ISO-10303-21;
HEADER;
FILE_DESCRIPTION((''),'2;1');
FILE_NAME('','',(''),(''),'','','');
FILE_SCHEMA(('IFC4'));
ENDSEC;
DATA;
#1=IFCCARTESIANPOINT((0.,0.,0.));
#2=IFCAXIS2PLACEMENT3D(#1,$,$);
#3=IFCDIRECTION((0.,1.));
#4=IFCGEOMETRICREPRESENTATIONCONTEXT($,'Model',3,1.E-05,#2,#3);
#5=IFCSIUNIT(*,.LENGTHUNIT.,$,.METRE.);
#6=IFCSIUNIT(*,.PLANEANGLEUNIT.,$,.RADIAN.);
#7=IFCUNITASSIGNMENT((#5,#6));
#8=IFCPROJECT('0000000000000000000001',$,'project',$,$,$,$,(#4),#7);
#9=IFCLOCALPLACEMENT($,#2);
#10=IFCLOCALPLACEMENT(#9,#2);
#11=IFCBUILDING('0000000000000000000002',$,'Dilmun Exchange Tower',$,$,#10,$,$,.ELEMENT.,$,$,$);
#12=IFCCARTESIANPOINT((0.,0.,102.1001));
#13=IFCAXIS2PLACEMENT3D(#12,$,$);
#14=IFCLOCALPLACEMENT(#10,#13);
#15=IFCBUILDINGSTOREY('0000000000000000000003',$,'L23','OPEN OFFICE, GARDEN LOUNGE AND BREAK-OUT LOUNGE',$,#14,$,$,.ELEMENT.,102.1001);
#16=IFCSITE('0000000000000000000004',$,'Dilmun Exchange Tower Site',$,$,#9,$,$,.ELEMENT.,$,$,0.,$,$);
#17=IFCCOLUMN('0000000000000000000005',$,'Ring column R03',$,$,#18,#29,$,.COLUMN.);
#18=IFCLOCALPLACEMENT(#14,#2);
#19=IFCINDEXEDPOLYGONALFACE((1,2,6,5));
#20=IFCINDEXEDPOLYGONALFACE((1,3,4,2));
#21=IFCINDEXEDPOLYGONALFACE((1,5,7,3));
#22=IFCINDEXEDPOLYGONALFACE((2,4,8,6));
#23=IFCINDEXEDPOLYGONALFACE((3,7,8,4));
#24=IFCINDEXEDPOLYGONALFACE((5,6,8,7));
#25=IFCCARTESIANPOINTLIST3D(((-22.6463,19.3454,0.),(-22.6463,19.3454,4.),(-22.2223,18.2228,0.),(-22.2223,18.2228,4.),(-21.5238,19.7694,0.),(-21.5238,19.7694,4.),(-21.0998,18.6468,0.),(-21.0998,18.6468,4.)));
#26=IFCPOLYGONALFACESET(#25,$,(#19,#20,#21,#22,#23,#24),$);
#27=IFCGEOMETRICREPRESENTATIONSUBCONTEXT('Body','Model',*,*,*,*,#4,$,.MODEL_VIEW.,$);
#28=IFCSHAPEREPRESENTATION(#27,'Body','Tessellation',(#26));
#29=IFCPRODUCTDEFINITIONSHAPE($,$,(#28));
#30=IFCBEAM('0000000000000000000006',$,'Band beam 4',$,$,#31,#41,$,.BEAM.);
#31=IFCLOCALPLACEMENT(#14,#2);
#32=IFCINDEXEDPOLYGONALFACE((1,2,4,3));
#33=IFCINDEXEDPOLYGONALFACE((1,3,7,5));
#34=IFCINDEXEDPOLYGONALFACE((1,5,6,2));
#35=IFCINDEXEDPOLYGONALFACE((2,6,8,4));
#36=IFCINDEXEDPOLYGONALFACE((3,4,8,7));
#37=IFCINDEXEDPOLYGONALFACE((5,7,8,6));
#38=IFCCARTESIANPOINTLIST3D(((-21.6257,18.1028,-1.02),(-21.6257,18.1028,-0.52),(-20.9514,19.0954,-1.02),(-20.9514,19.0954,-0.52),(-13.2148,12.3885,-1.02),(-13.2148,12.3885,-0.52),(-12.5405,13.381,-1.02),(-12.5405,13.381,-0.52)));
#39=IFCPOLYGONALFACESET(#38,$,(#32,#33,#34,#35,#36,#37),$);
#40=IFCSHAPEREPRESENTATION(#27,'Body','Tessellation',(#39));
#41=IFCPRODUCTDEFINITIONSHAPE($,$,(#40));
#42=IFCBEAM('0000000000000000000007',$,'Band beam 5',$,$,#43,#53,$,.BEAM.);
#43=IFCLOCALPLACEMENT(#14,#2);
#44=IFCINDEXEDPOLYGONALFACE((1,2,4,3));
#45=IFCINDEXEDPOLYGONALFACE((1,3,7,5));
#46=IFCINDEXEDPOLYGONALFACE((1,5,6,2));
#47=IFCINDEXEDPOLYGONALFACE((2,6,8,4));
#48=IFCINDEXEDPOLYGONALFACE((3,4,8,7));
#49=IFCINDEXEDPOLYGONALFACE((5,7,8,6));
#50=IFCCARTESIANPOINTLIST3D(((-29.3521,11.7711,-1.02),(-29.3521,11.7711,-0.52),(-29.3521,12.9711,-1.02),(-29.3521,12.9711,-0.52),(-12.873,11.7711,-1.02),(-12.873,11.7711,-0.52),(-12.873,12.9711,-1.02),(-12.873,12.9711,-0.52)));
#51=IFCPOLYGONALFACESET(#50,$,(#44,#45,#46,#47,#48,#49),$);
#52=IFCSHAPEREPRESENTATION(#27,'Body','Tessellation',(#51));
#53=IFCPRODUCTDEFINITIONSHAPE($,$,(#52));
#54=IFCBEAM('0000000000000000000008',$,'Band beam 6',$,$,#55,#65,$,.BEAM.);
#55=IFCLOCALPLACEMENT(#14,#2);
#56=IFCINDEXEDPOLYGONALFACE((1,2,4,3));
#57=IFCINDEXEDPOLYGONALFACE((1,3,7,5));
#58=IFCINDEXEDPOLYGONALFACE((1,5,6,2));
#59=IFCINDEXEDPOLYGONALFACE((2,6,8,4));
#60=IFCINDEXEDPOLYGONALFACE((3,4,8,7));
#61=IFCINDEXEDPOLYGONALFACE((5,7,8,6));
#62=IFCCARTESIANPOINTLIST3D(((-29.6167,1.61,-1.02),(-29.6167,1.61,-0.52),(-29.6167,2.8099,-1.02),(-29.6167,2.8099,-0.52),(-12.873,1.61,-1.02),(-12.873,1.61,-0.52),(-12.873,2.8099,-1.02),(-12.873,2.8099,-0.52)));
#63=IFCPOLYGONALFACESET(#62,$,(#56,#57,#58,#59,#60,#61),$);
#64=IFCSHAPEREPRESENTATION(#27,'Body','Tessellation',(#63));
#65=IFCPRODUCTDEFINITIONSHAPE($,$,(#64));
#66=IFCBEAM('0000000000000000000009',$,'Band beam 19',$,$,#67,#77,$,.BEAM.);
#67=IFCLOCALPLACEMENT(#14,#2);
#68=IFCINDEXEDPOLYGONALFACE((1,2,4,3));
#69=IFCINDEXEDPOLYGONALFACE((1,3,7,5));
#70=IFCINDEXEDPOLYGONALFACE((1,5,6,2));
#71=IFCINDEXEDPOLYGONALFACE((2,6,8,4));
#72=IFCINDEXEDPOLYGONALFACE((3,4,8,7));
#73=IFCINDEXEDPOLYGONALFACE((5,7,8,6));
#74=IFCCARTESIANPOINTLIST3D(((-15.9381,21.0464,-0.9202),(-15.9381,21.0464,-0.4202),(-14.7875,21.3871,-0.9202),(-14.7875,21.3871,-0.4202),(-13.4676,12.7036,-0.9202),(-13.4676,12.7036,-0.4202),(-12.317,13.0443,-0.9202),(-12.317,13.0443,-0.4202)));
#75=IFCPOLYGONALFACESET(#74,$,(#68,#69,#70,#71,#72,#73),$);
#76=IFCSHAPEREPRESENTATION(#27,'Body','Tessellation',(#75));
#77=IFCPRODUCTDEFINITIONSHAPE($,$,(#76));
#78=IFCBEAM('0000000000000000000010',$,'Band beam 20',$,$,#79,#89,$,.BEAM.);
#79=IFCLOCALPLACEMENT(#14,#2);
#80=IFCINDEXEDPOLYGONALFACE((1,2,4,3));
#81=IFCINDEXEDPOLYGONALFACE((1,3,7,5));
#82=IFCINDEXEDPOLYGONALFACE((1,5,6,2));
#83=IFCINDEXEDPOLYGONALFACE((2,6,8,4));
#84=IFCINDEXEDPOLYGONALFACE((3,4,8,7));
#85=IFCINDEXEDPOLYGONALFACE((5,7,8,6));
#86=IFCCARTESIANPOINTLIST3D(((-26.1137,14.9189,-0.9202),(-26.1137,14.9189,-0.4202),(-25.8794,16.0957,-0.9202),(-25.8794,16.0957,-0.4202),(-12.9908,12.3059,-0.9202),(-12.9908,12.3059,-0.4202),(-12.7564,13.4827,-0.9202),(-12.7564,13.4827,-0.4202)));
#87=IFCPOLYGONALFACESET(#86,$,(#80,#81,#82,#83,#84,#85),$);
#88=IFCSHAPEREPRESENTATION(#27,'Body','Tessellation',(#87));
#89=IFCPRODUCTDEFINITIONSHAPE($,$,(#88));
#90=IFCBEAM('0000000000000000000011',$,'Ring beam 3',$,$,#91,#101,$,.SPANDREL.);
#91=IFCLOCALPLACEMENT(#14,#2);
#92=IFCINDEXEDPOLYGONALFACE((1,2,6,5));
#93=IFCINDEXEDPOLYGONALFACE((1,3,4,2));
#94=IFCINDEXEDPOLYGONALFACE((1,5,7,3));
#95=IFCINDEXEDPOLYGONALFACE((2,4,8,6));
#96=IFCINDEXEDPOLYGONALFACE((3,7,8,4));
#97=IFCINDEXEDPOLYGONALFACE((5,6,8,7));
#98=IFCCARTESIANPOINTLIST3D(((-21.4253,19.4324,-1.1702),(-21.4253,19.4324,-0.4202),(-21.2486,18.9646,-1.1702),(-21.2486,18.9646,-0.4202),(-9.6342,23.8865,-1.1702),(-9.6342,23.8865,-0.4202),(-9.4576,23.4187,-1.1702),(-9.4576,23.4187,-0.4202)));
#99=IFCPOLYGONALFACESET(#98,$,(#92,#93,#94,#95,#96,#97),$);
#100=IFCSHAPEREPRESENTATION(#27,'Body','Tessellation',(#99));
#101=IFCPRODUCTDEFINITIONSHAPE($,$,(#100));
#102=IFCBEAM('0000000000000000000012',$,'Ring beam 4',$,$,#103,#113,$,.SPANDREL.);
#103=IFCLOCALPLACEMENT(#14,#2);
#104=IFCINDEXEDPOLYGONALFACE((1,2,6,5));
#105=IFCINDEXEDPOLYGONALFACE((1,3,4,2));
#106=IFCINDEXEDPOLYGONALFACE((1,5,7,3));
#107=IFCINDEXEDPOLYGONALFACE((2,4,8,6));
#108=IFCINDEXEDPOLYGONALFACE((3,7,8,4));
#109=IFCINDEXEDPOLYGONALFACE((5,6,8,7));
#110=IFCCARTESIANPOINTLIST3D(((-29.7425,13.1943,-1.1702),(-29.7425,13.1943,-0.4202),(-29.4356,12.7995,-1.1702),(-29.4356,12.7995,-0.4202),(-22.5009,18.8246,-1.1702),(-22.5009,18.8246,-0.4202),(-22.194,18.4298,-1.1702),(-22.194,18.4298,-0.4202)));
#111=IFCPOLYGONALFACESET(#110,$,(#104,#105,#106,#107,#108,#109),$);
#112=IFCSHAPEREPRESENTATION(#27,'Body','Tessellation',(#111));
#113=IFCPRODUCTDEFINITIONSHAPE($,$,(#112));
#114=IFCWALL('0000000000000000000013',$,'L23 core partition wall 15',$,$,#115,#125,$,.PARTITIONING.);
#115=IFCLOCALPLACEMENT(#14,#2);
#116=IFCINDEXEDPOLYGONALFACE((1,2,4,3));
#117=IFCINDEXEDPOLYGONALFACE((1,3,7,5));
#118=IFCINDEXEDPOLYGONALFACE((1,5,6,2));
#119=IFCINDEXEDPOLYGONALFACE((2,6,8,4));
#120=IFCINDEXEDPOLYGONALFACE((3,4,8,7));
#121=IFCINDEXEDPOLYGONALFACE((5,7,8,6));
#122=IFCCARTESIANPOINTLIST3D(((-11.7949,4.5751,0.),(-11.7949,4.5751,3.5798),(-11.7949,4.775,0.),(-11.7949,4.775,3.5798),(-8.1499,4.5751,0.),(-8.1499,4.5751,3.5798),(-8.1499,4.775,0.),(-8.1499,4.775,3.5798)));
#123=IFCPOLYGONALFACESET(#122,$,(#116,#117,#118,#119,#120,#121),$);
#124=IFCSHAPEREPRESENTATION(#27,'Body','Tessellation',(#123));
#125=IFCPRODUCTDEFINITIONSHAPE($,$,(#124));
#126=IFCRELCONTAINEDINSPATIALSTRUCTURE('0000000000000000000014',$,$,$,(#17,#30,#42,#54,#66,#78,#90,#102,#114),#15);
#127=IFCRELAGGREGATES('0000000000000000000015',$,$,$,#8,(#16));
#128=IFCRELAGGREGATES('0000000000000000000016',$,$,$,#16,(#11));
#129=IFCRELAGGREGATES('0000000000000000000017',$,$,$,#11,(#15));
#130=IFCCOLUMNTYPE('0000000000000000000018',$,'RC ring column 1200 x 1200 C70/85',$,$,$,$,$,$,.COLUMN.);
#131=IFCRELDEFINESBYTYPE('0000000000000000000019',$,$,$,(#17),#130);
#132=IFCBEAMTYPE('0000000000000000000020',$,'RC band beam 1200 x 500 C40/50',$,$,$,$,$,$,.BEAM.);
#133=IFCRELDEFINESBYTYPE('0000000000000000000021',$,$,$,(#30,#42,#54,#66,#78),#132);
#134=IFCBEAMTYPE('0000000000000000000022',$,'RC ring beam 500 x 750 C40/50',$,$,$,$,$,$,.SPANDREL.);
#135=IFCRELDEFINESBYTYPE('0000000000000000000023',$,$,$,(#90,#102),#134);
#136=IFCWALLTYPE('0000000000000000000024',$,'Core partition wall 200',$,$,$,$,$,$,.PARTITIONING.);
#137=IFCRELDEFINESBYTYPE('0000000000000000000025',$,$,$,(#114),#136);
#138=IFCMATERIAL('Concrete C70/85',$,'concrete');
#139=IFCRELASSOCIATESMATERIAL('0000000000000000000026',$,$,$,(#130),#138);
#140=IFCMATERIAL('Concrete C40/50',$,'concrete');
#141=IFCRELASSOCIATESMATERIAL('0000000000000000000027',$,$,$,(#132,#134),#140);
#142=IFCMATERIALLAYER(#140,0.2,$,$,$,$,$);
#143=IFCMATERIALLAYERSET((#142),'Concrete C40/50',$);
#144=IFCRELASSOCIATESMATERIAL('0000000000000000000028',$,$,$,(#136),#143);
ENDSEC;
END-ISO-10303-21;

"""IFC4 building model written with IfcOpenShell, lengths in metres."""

from ifc_helpers import new_model, si_unit, direction, frame, frame_2d, origin, origin_2d, place, context, subcontext, project, spatial, rectangle, extrude, material, layer, layer_set, material_profile, profile_set, type_object, element, save


model = new_model("IFC4")

# Units and contexts
model_context = context("Model", 3, precision=1e-05, world=origin(), true_north=direction((0.0, 1.0)))
body_context = subcontext(model_context, "Body", "Model", "MODEL_VIEW")
ifc_project = project(units=[si_unit("LENGTHUNIT", "METRE"), si_unit("PLANEANGLEUNIT", "RADIAN")], contexts=[model_context])

# Site, building, storey
site_placement = place(None, origin())
site = spatial("IfcSite", under=ifc_project, at=site_placement, Name="Dilmun Exchange Tower Site", CompositionType="ELEMENT", RefElevation=0.0)
building_placement = place(site_placement, origin())
building = spatial("IfcBuilding", under=site, at=building_placement, Name="Dilmun Exchange Tower", CompositionType="ELEMENT")
storey_placement = place(building_placement, frame((0.0, 0.0, 102.1001)))
storey = spatial("IfcBuildingStorey", under=building, at=storey_placement, Name="L23", Description="OPEN OFFICE, GARDEN LOUNGE AND BREAK-OUT LOUNGE", CompositionType="ELEMENT", Elevation=102.1001)

# Column
ifc_material_1 = material(Name="Concrete C70/85", Category="concrete")
ifc_material_profile_1 = material_profile(ifc_material_1, rectangle(XDim=1.2, YDim=1.2, at=origin_2d()), Name="1200 x 1200")
ifc_profile_set_1 = profile_set([ifc_material_profile_1], Name="Concrete C70/85")
column_type = type_object("IfcColumnType", Name="RC ring column 1200 x 1200 C70/85", PredefinedType="COLUMN", material=ifc_profile_set_1)
column_placement = place(storey_placement, frame((-21.873, 18.9961, 0.0), z_axis=(0.0, 0.0, 1.0), x_axis=(0.935492, 0.353349, 0.0)))
element("IfcColumn", 1, at=column_placement, inside=storey, type_object=column_type, Name="Ring column R03", PredefinedType="COLUMN", context=body_context, shape_type="SweptSolid", body=[
    extrude(rectangle(XDim=1.2, YDim=1.2, at=origin_2d()), origin(), (0.0, 0.0, 1.0), 4.0),
])

# Beams
ifc_material_2 = material(Name="Concrete C40/50", Category="concrete")
ifc_material_profile_2 = material_profile(ifc_material_2, rectangle(XDim=1.2, YDim=0.5, at=origin_2d()), Name="1200 x 500")
ifc_profile_set_2 = profile_set([ifc_material_profile_2], Name="Concrete C40/50")
beam_type_1 = type_object("IfcBeamType", Name="RC band beam 1200 x 500 C40/50", PredefinedType="BEAM", material=ifc_profile_set_2)
beam_1_placement = place(storey_placement, frame((-21.2886, 18.5991, -0.77), z_axis=(0.827157, -0.56197, 0.0), x_axis=(0.56197, 0.827157, 0.0)))
element("IfcBeam", 2, at=beam_1_placement, inside=storey, type_object=beam_type_1, Name="Band beam 4", PredefinedType="BEAM", context=body_context, shape_type="SweptSolid", body=[
    extrude(rectangle(XDim=1.2, YDim=0.5, at=origin_2d()), origin(), (0.0, 0.0, 1.0), 10.1685),
])
beam_2_placement = place(storey_placement, frame((-29.3521, 12.3711, -0.77), z_axis=(1.0, 0.0, 0.0), x_axis=(0.0, 1.0, 0.0)))
element("IfcBeam", 3, at=beam_2_placement, inside=storey, type_object=beam_type_1, Name="Band beam 5", PredefinedType="BEAM", context=body_context, shape_type="SweptSolid", body=[
    extrude(rectangle(XDim=1.2, YDim=0.5, at=origin_2d()), origin(), (0.0, 0.0, 1.0), 16.479),
])
beam_3_placement = place(storey_placement, frame((-29.6167, 2.21, -0.77), z_axis=(1.0, 0.0, 0.0), x_axis=(0.0, 1.0, 0.0)))
element("IfcBeam", 4, at=beam_3_placement, inside=storey, type_object=beam_type_1, Name="Band beam 6", PredefinedType="BEAM", context=body_context, shape_type="SweptSolid", body=[
    extrude(rectangle(XDim=1.2, YDim=0.5, at=origin_2d()), origin(), (0.0, 0.0, 1.0), 16.7437),
])
beam_4_placement = place(storey_placement, frame((-15.3628, 21.2168, -0.6702), z_axis=(0.283933, -0.958844, 0.0), x_axis=(0.958844, 0.283933, 0.0)))
element("IfcBeam", 5, at=beam_4_placement, inside=storey, type_object=beam_type_1, Name="Band beam 19", PredefinedType="BEAM", context=body_context, shape_type="SweptSolid", body=[
    extrude(rectangle(XDim=1.2, YDim=0.5, at=origin_2d()), origin(), (0.0, 0.0, 1.0), 8.7009),
])
beam_5_placement = place(storey_placement, frame((-25.9966, 15.5073, -0.6702), z_axis=(0.980747, -0.195284, 0.0), x_axis=(0.195284, 0.980747, 0.0)))
element("IfcBeam", 6, at=beam_5_placement, inside=storey, type_object=beam_type_1, Name="Band beam 20", PredefinedType="BEAM", context=body_context, shape_type="SweptSolid", body=[
    extrude(rectangle(XDim=1.2, YDim=0.5, at=origin_2d()), origin(), (0.0, 0.0, 1.0), 13.3806),
])
ifc_material_profile_3 = material_profile(ifc_material_2, rectangle(XDim=0.5, YDim=0.75, at=origin_2d()), Name="500 x 750")
ifc_profile_set_3 = profile_set([ifc_material_profile_3], Name="Concrete C40/50")
beam_type_2 = type_object("IfcBeamType", Name="RC ring beam 500 x 750 C40/50", PredefinedType="SPANDREL", material=ifc_profile_set_3)
beam_6_placement = place(storey_placement, frame((-9.5459, 23.6526, -0.7952), z_axis=(-0.935479, -0.353381, 0.0), x_axis=(0.353381, -0.935479, 0.0)))
element("IfcBeam", 7, at=beam_6_placement, inside=storey, type_object=beam_type_2, Name="Ring beam 3", PredefinedType="SPANDREL", context=body_context, shape_type="SweptSolid", body=[
    extrude(rectangle(XDim=0.5, YDim=0.75, at=origin_2d()), origin(), (0.0, 0.0, 1.0), 12.6042),
])
beam_7_placement = place(storey_placement, frame((-22.3474, 18.6272, -0.7952), z_axis=(-0.789461, -0.613801, 0.0), x_axis=(0.613801, -0.789461, 0.0)))
element("IfcBeam", 8, at=beam_7_placement, inside=storey, type_object=beam_type_2, Name="Ring beam 4", PredefinedType="SPANDREL", context=body_context, shape_type="SweptSolid", body=[
    extrude(rectangle(XDim=0.5, YDim=0.75, at=origin_2d()), origin(), (0.0, 0.0, 1.0), 9.1729),
])

# Wall
ifc_layer_1 = layer(ifc_material_2, 0.2)
ifc_layer_set_1 = layer_set([ifc_layer_1], Name="Concrete C40/50")
wall_type_1 = type_object("IfcWallType", Name="Core partition wall 200", PredefinedType="PARTITIONING", material=ifc_layer_set_1)
wall_1_placement = place(storey_placement, frame((-11.7949, 4.675, 0.0), z_axis=(0.0, 0.0, 1.0), x_axis=(1.0, 0.0, 0.0)))
element("IfcWall", 9, at=wall_1_placement, inside=storey, type_object=wall_type_1, Name="L23 core partition wall 15", PredefinedType="PARTITIONING", context=body_context, shape_type="SweptSolid", body=[
    extrude(rectangle(XDim=3.645, YDim=0.2, at=frame_2d((1.8225, 0.0))), origin(), (0.0, 0.0, 1.0), 3.5798),
])

save(model, "model.ifc")
